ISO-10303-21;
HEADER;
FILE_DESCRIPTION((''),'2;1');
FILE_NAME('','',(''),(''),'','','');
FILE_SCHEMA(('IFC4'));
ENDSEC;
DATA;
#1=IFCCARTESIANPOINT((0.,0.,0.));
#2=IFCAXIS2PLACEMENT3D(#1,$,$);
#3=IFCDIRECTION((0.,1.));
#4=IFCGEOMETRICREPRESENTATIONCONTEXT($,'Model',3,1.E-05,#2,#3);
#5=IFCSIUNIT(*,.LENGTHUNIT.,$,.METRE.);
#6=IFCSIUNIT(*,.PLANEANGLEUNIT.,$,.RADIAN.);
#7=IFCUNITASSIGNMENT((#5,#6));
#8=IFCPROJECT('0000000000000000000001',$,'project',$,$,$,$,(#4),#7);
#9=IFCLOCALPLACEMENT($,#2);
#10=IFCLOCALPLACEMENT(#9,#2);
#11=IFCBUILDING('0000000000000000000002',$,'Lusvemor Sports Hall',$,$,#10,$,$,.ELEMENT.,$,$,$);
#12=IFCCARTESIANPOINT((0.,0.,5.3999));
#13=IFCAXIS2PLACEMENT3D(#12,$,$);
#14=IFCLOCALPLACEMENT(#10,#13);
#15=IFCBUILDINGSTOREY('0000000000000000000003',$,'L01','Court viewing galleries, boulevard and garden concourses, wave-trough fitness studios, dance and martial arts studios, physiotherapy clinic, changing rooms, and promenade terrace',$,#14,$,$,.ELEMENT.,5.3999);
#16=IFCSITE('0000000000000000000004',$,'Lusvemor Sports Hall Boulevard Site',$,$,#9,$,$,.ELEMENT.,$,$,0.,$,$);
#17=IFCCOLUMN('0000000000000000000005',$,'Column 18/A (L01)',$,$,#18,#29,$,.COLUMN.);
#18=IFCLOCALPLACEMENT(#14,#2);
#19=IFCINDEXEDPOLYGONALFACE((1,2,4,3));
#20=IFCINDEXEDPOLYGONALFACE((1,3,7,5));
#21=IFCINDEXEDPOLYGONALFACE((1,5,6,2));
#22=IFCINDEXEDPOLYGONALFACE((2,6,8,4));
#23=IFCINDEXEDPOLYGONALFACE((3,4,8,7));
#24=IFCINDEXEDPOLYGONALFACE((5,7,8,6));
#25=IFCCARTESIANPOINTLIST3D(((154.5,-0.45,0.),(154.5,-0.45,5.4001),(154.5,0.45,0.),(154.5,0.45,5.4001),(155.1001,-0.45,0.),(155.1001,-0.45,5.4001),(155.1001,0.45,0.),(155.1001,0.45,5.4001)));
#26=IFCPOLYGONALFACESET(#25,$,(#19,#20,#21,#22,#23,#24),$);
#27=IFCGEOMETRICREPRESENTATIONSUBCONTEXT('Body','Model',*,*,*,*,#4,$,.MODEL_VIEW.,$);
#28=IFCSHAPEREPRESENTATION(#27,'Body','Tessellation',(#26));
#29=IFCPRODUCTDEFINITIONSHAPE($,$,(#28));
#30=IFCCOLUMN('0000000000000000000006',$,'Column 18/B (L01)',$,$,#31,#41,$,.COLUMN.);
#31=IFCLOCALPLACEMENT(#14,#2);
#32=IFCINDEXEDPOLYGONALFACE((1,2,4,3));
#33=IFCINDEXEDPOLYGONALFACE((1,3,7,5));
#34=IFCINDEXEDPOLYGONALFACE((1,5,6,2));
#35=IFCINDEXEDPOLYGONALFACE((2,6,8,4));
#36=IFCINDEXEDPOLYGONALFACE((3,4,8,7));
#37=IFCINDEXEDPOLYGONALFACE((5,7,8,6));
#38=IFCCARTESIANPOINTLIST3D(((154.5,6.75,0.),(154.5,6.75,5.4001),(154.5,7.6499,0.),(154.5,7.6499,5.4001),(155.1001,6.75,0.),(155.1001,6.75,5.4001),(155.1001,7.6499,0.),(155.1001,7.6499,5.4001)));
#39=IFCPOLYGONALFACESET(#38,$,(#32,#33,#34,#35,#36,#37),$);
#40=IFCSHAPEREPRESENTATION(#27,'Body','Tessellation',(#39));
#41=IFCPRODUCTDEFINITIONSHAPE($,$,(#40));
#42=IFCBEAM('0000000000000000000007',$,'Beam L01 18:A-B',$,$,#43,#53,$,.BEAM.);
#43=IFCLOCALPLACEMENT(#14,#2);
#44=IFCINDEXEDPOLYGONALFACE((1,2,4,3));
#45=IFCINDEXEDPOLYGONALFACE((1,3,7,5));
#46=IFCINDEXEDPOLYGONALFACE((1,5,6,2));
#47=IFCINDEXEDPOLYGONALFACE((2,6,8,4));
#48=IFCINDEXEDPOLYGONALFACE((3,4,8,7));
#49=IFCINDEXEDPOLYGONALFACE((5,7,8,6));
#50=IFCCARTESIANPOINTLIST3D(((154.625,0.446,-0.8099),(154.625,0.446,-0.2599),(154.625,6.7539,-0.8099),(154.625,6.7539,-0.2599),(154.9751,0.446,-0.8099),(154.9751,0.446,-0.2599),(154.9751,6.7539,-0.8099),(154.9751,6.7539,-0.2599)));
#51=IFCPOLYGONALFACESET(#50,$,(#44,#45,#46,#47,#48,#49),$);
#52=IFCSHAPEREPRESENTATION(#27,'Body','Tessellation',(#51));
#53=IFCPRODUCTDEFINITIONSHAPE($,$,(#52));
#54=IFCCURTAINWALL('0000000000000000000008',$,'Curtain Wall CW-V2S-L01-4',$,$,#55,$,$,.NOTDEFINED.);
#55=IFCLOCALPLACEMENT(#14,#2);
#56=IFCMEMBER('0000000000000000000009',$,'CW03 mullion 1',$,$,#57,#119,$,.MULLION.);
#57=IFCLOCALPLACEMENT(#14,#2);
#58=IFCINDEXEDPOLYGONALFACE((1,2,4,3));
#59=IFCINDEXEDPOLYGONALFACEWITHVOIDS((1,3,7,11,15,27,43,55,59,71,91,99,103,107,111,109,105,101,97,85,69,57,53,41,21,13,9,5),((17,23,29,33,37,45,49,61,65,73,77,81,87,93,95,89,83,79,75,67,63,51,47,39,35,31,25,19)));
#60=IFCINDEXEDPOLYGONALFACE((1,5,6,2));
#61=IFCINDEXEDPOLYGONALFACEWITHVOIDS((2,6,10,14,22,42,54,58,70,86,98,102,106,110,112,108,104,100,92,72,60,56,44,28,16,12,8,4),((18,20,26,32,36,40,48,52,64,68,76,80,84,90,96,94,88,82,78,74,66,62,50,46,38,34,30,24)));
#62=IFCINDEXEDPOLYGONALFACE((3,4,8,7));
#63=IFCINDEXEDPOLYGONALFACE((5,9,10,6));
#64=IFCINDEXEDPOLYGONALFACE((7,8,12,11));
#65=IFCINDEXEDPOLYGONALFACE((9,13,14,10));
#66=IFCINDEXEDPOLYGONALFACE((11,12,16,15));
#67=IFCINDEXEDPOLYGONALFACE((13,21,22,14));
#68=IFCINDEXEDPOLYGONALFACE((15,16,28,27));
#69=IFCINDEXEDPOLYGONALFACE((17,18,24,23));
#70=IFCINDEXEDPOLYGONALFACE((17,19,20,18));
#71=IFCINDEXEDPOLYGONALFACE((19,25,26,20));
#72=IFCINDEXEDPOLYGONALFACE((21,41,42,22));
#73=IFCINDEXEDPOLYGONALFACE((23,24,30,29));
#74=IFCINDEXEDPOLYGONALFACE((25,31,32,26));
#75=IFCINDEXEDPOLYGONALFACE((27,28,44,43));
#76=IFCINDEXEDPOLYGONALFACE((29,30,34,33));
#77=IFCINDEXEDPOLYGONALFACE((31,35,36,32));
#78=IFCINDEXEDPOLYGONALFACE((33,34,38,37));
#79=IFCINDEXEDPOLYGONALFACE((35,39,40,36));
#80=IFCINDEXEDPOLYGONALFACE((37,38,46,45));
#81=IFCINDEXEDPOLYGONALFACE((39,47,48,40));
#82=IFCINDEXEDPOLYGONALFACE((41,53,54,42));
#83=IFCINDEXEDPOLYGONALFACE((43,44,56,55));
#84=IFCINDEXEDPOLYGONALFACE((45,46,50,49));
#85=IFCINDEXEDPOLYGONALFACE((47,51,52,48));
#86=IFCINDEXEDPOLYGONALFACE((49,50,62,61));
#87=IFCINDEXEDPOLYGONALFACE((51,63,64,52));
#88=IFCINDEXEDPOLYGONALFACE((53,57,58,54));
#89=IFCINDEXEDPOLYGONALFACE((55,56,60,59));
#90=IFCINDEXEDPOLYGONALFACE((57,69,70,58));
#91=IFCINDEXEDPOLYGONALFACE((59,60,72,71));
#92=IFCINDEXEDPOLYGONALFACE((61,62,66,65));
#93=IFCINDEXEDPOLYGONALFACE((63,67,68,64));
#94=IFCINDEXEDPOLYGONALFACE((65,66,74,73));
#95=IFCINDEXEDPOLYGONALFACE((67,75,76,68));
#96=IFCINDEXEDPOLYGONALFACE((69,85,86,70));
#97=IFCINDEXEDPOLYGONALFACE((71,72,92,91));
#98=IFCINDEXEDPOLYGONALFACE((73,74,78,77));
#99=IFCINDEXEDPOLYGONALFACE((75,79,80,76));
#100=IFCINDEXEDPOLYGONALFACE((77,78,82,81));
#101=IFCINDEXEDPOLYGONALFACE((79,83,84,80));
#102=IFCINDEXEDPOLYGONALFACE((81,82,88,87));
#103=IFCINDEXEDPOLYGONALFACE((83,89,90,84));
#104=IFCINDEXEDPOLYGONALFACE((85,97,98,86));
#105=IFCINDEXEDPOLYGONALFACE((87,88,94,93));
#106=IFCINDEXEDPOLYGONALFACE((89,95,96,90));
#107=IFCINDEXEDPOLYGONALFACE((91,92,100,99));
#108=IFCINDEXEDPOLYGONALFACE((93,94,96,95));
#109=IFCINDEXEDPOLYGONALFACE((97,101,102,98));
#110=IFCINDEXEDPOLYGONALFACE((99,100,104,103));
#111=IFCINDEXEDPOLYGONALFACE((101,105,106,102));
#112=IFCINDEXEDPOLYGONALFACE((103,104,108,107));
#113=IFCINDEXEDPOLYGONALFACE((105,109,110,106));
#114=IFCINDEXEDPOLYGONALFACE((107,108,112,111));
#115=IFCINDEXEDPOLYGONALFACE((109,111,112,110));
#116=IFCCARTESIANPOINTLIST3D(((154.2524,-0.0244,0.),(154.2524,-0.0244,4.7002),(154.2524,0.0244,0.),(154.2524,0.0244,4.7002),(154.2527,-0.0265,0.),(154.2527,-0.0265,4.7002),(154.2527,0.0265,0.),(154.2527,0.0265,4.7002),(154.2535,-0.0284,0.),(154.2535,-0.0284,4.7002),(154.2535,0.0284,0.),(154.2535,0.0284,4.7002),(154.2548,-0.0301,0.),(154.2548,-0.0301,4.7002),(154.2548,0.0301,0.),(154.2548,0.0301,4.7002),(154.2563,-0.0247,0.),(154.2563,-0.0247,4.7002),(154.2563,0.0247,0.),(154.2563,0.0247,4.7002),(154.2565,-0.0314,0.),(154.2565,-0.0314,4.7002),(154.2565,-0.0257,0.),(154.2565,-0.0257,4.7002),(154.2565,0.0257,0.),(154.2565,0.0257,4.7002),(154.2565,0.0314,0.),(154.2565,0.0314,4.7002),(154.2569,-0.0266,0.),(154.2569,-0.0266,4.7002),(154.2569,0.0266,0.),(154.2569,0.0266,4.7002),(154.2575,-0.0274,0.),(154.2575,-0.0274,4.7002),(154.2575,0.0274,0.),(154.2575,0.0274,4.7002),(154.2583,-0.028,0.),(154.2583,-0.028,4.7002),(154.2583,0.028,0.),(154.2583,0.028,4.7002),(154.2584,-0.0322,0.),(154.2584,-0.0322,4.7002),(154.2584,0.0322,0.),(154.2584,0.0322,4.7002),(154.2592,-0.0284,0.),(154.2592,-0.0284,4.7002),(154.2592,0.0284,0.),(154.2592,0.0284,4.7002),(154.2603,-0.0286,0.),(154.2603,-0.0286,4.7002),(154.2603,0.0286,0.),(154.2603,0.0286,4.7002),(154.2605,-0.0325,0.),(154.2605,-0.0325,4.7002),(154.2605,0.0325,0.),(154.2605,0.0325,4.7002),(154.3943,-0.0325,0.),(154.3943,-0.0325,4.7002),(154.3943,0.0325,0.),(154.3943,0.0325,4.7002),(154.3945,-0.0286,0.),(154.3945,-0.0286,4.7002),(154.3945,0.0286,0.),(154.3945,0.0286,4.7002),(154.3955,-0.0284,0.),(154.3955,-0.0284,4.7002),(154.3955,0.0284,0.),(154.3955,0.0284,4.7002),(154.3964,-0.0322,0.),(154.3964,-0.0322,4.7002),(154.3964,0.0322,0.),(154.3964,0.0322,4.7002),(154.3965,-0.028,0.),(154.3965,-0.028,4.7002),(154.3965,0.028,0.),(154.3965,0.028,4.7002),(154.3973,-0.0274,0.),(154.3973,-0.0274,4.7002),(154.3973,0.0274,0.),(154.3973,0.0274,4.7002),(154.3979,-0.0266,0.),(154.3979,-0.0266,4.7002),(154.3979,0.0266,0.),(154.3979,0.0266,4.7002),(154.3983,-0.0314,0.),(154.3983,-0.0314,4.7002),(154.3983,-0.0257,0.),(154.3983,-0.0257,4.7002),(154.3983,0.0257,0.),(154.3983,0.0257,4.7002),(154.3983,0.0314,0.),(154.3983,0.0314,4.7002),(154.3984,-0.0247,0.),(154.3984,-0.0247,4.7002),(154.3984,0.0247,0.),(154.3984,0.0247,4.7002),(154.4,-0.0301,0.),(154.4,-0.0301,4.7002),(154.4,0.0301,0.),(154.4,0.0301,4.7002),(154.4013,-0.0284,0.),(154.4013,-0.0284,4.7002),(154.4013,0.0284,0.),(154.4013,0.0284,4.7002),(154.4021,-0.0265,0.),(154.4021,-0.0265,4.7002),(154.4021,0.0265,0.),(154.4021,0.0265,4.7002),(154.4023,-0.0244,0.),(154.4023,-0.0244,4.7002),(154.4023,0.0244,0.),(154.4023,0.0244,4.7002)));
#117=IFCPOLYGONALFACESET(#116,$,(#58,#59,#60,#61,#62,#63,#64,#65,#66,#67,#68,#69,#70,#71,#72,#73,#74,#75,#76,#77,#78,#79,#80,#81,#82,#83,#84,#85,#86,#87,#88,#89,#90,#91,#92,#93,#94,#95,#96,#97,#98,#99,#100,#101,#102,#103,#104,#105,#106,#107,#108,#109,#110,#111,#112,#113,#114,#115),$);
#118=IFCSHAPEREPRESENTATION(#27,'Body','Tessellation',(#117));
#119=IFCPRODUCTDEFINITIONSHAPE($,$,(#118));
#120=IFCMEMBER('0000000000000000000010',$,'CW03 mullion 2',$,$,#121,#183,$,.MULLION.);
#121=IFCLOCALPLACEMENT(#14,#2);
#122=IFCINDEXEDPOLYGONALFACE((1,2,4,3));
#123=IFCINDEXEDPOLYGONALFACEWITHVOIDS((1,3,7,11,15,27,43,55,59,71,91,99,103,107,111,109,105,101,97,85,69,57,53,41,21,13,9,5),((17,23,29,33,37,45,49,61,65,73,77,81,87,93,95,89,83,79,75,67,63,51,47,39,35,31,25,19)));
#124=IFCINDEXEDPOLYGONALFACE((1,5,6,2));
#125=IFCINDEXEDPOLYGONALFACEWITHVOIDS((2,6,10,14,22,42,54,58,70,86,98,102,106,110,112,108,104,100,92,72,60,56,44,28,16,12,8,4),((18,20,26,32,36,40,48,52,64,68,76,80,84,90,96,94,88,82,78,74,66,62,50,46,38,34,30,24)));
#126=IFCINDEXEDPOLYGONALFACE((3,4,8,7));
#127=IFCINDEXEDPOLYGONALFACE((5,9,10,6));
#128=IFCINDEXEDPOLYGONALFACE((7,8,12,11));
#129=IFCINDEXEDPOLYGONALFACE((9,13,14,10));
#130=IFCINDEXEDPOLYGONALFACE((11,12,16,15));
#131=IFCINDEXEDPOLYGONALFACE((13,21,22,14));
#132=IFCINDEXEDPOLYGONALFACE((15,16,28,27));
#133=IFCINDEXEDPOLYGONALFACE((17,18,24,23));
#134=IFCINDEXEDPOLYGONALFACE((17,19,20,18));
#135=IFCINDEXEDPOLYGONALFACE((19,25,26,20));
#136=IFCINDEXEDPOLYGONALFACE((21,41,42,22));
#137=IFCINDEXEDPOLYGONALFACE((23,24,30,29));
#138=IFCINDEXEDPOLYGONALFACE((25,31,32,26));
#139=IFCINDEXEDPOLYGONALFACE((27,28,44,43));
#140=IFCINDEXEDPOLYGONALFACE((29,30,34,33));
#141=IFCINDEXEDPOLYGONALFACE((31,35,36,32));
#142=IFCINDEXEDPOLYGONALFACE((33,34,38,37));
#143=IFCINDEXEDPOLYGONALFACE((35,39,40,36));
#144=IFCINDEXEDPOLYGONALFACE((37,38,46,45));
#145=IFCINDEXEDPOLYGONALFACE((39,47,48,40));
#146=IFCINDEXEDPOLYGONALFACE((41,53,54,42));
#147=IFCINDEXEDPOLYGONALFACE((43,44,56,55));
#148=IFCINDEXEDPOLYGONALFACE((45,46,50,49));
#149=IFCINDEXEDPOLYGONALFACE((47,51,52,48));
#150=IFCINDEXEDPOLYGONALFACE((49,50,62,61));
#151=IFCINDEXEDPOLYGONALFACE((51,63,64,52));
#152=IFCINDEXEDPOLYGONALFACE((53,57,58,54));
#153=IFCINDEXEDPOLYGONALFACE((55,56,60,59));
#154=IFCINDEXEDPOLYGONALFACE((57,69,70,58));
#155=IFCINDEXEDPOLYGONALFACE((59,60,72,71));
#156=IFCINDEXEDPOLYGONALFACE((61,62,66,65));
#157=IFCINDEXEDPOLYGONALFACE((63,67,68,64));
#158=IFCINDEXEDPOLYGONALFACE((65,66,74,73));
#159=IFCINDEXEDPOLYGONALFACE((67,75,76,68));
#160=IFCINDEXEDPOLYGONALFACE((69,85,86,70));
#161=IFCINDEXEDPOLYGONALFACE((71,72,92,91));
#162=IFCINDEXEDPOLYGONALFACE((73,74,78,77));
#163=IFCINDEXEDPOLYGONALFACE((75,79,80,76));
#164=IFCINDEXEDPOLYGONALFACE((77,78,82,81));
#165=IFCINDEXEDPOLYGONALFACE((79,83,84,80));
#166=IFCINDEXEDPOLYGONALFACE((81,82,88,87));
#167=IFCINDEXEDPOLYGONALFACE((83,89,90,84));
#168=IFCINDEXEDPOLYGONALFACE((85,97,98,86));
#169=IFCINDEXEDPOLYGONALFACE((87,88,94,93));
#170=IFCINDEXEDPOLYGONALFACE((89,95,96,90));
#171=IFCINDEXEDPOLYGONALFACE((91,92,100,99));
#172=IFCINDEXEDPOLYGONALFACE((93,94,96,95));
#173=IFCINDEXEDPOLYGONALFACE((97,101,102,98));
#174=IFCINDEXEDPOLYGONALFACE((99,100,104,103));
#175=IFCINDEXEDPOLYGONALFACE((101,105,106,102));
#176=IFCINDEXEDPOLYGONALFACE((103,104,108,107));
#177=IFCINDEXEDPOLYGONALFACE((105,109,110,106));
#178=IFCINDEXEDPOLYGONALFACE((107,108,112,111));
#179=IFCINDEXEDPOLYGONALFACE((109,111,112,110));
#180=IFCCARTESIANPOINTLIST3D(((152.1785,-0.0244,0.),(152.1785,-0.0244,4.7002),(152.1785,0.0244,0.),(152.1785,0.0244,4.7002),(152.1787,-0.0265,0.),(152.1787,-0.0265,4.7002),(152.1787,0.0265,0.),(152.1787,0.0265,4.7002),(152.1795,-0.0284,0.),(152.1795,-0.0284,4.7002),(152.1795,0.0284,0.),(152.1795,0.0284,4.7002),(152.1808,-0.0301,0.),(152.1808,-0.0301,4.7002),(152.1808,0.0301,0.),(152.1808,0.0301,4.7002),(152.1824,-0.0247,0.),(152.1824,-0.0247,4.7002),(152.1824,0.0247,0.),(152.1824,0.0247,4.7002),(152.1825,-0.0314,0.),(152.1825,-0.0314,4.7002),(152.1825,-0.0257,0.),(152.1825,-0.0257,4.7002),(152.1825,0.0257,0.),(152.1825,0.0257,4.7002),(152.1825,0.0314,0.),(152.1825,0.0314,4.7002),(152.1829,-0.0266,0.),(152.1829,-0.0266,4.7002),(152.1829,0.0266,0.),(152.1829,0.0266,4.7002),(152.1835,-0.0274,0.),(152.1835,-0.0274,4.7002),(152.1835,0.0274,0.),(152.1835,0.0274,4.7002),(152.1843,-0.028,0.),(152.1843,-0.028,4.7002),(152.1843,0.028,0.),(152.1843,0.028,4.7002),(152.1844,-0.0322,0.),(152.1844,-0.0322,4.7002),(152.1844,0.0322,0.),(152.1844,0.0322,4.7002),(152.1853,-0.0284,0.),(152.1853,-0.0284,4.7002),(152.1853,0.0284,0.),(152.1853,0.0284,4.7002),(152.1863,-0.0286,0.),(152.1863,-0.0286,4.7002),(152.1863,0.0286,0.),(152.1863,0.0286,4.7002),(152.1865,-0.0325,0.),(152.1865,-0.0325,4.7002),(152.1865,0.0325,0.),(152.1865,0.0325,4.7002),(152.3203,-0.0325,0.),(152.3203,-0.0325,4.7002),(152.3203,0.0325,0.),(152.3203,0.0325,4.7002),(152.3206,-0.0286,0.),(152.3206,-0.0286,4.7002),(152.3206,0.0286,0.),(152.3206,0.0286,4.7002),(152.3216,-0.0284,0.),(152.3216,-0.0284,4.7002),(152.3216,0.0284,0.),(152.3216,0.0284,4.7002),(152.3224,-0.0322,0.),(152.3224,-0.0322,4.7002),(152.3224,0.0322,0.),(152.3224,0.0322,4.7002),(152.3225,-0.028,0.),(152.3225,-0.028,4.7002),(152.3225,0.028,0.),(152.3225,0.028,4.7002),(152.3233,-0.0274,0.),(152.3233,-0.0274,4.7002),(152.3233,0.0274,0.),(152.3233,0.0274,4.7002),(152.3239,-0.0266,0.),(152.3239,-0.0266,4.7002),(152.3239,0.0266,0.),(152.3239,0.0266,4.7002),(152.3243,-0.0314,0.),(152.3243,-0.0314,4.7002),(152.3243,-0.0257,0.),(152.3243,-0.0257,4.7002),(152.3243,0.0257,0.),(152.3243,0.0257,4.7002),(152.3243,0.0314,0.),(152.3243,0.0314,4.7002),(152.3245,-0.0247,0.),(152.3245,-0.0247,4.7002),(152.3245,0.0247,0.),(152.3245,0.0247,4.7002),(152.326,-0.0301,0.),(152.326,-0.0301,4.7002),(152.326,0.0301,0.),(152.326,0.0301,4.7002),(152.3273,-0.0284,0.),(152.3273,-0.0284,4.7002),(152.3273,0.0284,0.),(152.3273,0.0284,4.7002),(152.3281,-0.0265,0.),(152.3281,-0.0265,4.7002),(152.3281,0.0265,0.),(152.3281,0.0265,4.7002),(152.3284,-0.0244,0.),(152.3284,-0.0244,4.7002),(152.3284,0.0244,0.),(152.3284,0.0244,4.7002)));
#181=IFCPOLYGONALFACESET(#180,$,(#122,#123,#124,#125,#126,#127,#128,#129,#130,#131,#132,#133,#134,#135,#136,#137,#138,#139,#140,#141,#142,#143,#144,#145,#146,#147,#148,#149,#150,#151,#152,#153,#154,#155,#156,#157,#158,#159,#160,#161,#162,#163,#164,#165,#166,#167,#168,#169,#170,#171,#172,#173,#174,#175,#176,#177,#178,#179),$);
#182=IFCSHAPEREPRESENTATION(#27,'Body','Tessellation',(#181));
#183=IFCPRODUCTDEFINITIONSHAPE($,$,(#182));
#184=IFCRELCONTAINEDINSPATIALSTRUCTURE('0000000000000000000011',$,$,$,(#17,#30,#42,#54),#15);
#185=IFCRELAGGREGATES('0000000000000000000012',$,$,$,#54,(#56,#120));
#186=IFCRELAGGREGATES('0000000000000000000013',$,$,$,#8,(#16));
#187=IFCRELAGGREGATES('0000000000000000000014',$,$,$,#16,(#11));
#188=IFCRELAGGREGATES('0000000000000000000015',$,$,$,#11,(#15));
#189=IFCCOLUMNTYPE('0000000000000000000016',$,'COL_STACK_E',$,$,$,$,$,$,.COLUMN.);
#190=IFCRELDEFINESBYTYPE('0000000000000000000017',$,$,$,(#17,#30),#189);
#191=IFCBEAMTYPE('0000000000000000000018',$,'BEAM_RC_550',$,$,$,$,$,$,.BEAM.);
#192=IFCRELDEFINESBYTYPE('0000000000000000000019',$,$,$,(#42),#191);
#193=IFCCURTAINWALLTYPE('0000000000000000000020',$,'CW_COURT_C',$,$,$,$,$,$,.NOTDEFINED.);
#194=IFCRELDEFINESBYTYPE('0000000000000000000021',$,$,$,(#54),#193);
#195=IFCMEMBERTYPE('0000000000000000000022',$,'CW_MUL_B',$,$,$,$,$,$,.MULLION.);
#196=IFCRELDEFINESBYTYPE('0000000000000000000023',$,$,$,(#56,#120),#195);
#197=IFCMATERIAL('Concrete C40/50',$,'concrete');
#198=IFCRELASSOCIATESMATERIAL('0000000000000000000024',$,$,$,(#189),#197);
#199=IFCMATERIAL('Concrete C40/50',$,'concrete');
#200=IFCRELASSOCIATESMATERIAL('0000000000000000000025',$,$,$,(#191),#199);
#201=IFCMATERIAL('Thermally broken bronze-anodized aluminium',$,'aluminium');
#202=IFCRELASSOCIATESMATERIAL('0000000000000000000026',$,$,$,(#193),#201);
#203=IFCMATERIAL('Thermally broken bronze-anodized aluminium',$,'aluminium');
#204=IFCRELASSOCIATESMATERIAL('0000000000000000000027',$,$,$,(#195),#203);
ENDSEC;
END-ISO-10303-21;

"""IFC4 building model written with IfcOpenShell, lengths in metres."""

from ifc_helpers import new_model, si_unit, direction, frame, origin, origin_2d, place, context, subcontext, project, spatial, rectangle, hollow_rectangle, extrude, material, material_profile, profile_set, type_object, element, aggregate, save


model = new_model("IFC4")

# Units and contexts
model_context = context("Model", 3, precision=1e-05, world=origin(), true_north=direction((0.0, 1.0)))
body_context = subcontext(model_context, "Body", "Model", "MODEL_VIEW")
ifc_project = project(units=[si_unit("LENGTHUNIT", "METRE"), si_unit("PLANEANGLEUNIT", "RADIAN")], contexts=[model_context])

# Site, building, storey
site_placement = place(None, origin())
site = spatial("IfcSite", under=ifc_project, at=site_placement, Name="Lusvemor Sports Hall Boulevard Site", CompositionType="ELEMENT", RefElevation=0.0)
building_placement = place(site_placement, origin())
building = spatial("IfcBuilding", under=site, at=building_placement, Name="Lusvemor Sports Hall", CompositionType="ELEMENT")
storey_placement = place(building_placement, frame((0.0, 0.0, 5.3999)))
storey = spatial("IfcBuildingStorey", under=building, at=storey_placement, Name="L01", Description="Court viewing galleries, boulevard and garden concourses, wave-trough fitness studios, dance and martial arts studios, physiotherapy clinic, changing rooms, and promenade terrace", CompositionType="ELEMENT", Elevation=5.3999)

# Columns
ifc_material_1 = material(Name="Concrete C40/50", Category="concrete")
ifc_material_profile_1 = material_profile(ifc_material_1, rectangle(XDim=0.6001, YDim=0.8999, at=origin_2d()), Name="RC600x900")
ifc_profile_set_1 = profile_set([ifc_material_profile_1], Name="Concrete C40/50")
column_type = type_object("IfcColumnType", Name="COL_STACK_E", PredefinedType="COLUMN", material=ifc_profile_set_1)
for number, where, z_axis, x_axis, name in (
    (1, (154.8, 0.0, 0.0), (0.0, 0.0, 1.0), (1.0, 0.0, 0.0), "Column 18/A (L01)"),
    (2, (154.8, 7.2, 0.0), (0.0, 0.0, 1.0), (1.0, 0.0, 0.0), "Column 18/B (L01)"),
):
    element("IfcColumn", number, at=place(storey_placement, frame(where, z_axis=z_axis, x_axis=x_axis)), inside=storey, type_object=column_type, Name=name, PredefinedType="COLUMN", context=body_context, shape_type="SweptSolid", body=[
        extrude(rectangle(XDim=0.6001, YDim=0.8999, at=origin_2d()), origin(), (0.0, 0.0, 1.0), 5.4001),
    ])

# Beam
ifc_material_2 = material(Name="Concrete C40/50", Category="concrete")
ifc_material_profile_2 = material_profile(ifc_material_2, rectangle(XDim=0.3501, YDim=0.55, at=origin_2d()), Name="RC350x550")
ifc_profile_set_2 = profile_set([ifc_material_profile_2], Name="Concrete C40/50")
beam_type_1 = type_object("IfcBeamType", Name="BEAM_RC_550", PredefinedType="BEAM", material=ifc_profile_set_2)
beam_1_placement = place(storey_placement, frame((154.8, 0.446, -0.5349), z_axis=(0.0, 1.0, 0.0), x_axis=(-1.0, 0.0, 0.0)))
element("IfcBeam", 3, at=beam_1_placement, inside=storey, type_object=beam_type_1, Name="Beam L01 18:A-B", PredefinedType="BEAM", context=body_context, shape_type="SweptSolid", body=[
    extrude(rectangle(XDim=0.3501, YDim=0.55, at=origin_2d()), origin(), (0.0, 0.0, 1.0), 6.3079),
])

# Curtain wall, members
ifc_material_3 = material(Name="Thermally broken bronze-anodized aluminium", Category="aluminium")
curtain_wall_type = type_object("IfcCurtainWallType", Name="CW_COURT_C", PredefinedType="NOTDEFINED", material=ifc_material_3)
curtain_wall_1_placement = place(storey_placement, origin())
curtain_wall_1 = element("IfcCurtainWall", 4, at=curtain_wall_1_placement, inside=storey, type_object=curtain_wall_type, Name="Curtain Wall CW-V2S-L01-4", PredefinedType="NOTDEFINED")
ifc_material_4 = material(Name="Thermally broken bronze-anodized aluminium", Category="aluminium")
ifc_material_profile_3 = material_profile(ifc_material_4, hollow_rectangle(XDim=0.0649, YDim=0.1499, WallThickness=0.0039, InnerFilletRadius=0.0039, OuterFilletRadius=0.0081, at=origin_2d()), Name="CWMUL150x65x4")
ifc_profile_set_3 = profile_set([ifc_material_profile_3], Name="Thermally broken bronze-anodized aluminium")
member_type_1 = type_object("IfcMemberType", Name="CW_MUL_B", PredefinedType="MULLION", material=ifc_profile_set_3)
member_1_placement = place(storey_placement, frame((154.3274, 0.0, 0.0), z_axis=(0.0, 0.0, 1.0), x_axis=(0.0, -1.0, 0.0)))
member_1 = element("IfcMember", 5, at=member_1_placement, type_object=member_type_1, Name="CW03 mullion 1", PredefinedType="MULLION", context=body_context, shape_type="SweptSolid", body=[
    extrude(hollow_rectangle(XDim=0.0649, YDim=0.1499, WallThickness=0.0039, InnerFilletRadius=0.0039, OuterFilletRadius=0.0081, at=origin_2d()), origin(), (0.0, 0.0, 1.0), 4.7002),
])
member_2_placement = place(storey_placement, frame((152.2534, 0.0, 0.0), z_axis=(0.0, 0.0, 1.0), x_axis=(0.0, -1.0, 0.0)))
member_2 = element("IfcMember", 6, at=member_2_placement, type_object=member_type_1, Name="CW03 mullion 2", PredefinedType="MULLION", context=body_context, shape_type="SweptSolid", body=[
    extrude(hollow_rectangle(XDim=0.0649, YDim=0.1499, WallThickness=0.0039, InnerFilletRadius=0.0039, OuterFilletRadius=0.0081, at=origin_2d()), origin(), (0.0, 0.0, 1.0), 4.7002),
])

aggregate(curtain_wall_1, [member_1, member_2])

save(model, "model.ifc")
